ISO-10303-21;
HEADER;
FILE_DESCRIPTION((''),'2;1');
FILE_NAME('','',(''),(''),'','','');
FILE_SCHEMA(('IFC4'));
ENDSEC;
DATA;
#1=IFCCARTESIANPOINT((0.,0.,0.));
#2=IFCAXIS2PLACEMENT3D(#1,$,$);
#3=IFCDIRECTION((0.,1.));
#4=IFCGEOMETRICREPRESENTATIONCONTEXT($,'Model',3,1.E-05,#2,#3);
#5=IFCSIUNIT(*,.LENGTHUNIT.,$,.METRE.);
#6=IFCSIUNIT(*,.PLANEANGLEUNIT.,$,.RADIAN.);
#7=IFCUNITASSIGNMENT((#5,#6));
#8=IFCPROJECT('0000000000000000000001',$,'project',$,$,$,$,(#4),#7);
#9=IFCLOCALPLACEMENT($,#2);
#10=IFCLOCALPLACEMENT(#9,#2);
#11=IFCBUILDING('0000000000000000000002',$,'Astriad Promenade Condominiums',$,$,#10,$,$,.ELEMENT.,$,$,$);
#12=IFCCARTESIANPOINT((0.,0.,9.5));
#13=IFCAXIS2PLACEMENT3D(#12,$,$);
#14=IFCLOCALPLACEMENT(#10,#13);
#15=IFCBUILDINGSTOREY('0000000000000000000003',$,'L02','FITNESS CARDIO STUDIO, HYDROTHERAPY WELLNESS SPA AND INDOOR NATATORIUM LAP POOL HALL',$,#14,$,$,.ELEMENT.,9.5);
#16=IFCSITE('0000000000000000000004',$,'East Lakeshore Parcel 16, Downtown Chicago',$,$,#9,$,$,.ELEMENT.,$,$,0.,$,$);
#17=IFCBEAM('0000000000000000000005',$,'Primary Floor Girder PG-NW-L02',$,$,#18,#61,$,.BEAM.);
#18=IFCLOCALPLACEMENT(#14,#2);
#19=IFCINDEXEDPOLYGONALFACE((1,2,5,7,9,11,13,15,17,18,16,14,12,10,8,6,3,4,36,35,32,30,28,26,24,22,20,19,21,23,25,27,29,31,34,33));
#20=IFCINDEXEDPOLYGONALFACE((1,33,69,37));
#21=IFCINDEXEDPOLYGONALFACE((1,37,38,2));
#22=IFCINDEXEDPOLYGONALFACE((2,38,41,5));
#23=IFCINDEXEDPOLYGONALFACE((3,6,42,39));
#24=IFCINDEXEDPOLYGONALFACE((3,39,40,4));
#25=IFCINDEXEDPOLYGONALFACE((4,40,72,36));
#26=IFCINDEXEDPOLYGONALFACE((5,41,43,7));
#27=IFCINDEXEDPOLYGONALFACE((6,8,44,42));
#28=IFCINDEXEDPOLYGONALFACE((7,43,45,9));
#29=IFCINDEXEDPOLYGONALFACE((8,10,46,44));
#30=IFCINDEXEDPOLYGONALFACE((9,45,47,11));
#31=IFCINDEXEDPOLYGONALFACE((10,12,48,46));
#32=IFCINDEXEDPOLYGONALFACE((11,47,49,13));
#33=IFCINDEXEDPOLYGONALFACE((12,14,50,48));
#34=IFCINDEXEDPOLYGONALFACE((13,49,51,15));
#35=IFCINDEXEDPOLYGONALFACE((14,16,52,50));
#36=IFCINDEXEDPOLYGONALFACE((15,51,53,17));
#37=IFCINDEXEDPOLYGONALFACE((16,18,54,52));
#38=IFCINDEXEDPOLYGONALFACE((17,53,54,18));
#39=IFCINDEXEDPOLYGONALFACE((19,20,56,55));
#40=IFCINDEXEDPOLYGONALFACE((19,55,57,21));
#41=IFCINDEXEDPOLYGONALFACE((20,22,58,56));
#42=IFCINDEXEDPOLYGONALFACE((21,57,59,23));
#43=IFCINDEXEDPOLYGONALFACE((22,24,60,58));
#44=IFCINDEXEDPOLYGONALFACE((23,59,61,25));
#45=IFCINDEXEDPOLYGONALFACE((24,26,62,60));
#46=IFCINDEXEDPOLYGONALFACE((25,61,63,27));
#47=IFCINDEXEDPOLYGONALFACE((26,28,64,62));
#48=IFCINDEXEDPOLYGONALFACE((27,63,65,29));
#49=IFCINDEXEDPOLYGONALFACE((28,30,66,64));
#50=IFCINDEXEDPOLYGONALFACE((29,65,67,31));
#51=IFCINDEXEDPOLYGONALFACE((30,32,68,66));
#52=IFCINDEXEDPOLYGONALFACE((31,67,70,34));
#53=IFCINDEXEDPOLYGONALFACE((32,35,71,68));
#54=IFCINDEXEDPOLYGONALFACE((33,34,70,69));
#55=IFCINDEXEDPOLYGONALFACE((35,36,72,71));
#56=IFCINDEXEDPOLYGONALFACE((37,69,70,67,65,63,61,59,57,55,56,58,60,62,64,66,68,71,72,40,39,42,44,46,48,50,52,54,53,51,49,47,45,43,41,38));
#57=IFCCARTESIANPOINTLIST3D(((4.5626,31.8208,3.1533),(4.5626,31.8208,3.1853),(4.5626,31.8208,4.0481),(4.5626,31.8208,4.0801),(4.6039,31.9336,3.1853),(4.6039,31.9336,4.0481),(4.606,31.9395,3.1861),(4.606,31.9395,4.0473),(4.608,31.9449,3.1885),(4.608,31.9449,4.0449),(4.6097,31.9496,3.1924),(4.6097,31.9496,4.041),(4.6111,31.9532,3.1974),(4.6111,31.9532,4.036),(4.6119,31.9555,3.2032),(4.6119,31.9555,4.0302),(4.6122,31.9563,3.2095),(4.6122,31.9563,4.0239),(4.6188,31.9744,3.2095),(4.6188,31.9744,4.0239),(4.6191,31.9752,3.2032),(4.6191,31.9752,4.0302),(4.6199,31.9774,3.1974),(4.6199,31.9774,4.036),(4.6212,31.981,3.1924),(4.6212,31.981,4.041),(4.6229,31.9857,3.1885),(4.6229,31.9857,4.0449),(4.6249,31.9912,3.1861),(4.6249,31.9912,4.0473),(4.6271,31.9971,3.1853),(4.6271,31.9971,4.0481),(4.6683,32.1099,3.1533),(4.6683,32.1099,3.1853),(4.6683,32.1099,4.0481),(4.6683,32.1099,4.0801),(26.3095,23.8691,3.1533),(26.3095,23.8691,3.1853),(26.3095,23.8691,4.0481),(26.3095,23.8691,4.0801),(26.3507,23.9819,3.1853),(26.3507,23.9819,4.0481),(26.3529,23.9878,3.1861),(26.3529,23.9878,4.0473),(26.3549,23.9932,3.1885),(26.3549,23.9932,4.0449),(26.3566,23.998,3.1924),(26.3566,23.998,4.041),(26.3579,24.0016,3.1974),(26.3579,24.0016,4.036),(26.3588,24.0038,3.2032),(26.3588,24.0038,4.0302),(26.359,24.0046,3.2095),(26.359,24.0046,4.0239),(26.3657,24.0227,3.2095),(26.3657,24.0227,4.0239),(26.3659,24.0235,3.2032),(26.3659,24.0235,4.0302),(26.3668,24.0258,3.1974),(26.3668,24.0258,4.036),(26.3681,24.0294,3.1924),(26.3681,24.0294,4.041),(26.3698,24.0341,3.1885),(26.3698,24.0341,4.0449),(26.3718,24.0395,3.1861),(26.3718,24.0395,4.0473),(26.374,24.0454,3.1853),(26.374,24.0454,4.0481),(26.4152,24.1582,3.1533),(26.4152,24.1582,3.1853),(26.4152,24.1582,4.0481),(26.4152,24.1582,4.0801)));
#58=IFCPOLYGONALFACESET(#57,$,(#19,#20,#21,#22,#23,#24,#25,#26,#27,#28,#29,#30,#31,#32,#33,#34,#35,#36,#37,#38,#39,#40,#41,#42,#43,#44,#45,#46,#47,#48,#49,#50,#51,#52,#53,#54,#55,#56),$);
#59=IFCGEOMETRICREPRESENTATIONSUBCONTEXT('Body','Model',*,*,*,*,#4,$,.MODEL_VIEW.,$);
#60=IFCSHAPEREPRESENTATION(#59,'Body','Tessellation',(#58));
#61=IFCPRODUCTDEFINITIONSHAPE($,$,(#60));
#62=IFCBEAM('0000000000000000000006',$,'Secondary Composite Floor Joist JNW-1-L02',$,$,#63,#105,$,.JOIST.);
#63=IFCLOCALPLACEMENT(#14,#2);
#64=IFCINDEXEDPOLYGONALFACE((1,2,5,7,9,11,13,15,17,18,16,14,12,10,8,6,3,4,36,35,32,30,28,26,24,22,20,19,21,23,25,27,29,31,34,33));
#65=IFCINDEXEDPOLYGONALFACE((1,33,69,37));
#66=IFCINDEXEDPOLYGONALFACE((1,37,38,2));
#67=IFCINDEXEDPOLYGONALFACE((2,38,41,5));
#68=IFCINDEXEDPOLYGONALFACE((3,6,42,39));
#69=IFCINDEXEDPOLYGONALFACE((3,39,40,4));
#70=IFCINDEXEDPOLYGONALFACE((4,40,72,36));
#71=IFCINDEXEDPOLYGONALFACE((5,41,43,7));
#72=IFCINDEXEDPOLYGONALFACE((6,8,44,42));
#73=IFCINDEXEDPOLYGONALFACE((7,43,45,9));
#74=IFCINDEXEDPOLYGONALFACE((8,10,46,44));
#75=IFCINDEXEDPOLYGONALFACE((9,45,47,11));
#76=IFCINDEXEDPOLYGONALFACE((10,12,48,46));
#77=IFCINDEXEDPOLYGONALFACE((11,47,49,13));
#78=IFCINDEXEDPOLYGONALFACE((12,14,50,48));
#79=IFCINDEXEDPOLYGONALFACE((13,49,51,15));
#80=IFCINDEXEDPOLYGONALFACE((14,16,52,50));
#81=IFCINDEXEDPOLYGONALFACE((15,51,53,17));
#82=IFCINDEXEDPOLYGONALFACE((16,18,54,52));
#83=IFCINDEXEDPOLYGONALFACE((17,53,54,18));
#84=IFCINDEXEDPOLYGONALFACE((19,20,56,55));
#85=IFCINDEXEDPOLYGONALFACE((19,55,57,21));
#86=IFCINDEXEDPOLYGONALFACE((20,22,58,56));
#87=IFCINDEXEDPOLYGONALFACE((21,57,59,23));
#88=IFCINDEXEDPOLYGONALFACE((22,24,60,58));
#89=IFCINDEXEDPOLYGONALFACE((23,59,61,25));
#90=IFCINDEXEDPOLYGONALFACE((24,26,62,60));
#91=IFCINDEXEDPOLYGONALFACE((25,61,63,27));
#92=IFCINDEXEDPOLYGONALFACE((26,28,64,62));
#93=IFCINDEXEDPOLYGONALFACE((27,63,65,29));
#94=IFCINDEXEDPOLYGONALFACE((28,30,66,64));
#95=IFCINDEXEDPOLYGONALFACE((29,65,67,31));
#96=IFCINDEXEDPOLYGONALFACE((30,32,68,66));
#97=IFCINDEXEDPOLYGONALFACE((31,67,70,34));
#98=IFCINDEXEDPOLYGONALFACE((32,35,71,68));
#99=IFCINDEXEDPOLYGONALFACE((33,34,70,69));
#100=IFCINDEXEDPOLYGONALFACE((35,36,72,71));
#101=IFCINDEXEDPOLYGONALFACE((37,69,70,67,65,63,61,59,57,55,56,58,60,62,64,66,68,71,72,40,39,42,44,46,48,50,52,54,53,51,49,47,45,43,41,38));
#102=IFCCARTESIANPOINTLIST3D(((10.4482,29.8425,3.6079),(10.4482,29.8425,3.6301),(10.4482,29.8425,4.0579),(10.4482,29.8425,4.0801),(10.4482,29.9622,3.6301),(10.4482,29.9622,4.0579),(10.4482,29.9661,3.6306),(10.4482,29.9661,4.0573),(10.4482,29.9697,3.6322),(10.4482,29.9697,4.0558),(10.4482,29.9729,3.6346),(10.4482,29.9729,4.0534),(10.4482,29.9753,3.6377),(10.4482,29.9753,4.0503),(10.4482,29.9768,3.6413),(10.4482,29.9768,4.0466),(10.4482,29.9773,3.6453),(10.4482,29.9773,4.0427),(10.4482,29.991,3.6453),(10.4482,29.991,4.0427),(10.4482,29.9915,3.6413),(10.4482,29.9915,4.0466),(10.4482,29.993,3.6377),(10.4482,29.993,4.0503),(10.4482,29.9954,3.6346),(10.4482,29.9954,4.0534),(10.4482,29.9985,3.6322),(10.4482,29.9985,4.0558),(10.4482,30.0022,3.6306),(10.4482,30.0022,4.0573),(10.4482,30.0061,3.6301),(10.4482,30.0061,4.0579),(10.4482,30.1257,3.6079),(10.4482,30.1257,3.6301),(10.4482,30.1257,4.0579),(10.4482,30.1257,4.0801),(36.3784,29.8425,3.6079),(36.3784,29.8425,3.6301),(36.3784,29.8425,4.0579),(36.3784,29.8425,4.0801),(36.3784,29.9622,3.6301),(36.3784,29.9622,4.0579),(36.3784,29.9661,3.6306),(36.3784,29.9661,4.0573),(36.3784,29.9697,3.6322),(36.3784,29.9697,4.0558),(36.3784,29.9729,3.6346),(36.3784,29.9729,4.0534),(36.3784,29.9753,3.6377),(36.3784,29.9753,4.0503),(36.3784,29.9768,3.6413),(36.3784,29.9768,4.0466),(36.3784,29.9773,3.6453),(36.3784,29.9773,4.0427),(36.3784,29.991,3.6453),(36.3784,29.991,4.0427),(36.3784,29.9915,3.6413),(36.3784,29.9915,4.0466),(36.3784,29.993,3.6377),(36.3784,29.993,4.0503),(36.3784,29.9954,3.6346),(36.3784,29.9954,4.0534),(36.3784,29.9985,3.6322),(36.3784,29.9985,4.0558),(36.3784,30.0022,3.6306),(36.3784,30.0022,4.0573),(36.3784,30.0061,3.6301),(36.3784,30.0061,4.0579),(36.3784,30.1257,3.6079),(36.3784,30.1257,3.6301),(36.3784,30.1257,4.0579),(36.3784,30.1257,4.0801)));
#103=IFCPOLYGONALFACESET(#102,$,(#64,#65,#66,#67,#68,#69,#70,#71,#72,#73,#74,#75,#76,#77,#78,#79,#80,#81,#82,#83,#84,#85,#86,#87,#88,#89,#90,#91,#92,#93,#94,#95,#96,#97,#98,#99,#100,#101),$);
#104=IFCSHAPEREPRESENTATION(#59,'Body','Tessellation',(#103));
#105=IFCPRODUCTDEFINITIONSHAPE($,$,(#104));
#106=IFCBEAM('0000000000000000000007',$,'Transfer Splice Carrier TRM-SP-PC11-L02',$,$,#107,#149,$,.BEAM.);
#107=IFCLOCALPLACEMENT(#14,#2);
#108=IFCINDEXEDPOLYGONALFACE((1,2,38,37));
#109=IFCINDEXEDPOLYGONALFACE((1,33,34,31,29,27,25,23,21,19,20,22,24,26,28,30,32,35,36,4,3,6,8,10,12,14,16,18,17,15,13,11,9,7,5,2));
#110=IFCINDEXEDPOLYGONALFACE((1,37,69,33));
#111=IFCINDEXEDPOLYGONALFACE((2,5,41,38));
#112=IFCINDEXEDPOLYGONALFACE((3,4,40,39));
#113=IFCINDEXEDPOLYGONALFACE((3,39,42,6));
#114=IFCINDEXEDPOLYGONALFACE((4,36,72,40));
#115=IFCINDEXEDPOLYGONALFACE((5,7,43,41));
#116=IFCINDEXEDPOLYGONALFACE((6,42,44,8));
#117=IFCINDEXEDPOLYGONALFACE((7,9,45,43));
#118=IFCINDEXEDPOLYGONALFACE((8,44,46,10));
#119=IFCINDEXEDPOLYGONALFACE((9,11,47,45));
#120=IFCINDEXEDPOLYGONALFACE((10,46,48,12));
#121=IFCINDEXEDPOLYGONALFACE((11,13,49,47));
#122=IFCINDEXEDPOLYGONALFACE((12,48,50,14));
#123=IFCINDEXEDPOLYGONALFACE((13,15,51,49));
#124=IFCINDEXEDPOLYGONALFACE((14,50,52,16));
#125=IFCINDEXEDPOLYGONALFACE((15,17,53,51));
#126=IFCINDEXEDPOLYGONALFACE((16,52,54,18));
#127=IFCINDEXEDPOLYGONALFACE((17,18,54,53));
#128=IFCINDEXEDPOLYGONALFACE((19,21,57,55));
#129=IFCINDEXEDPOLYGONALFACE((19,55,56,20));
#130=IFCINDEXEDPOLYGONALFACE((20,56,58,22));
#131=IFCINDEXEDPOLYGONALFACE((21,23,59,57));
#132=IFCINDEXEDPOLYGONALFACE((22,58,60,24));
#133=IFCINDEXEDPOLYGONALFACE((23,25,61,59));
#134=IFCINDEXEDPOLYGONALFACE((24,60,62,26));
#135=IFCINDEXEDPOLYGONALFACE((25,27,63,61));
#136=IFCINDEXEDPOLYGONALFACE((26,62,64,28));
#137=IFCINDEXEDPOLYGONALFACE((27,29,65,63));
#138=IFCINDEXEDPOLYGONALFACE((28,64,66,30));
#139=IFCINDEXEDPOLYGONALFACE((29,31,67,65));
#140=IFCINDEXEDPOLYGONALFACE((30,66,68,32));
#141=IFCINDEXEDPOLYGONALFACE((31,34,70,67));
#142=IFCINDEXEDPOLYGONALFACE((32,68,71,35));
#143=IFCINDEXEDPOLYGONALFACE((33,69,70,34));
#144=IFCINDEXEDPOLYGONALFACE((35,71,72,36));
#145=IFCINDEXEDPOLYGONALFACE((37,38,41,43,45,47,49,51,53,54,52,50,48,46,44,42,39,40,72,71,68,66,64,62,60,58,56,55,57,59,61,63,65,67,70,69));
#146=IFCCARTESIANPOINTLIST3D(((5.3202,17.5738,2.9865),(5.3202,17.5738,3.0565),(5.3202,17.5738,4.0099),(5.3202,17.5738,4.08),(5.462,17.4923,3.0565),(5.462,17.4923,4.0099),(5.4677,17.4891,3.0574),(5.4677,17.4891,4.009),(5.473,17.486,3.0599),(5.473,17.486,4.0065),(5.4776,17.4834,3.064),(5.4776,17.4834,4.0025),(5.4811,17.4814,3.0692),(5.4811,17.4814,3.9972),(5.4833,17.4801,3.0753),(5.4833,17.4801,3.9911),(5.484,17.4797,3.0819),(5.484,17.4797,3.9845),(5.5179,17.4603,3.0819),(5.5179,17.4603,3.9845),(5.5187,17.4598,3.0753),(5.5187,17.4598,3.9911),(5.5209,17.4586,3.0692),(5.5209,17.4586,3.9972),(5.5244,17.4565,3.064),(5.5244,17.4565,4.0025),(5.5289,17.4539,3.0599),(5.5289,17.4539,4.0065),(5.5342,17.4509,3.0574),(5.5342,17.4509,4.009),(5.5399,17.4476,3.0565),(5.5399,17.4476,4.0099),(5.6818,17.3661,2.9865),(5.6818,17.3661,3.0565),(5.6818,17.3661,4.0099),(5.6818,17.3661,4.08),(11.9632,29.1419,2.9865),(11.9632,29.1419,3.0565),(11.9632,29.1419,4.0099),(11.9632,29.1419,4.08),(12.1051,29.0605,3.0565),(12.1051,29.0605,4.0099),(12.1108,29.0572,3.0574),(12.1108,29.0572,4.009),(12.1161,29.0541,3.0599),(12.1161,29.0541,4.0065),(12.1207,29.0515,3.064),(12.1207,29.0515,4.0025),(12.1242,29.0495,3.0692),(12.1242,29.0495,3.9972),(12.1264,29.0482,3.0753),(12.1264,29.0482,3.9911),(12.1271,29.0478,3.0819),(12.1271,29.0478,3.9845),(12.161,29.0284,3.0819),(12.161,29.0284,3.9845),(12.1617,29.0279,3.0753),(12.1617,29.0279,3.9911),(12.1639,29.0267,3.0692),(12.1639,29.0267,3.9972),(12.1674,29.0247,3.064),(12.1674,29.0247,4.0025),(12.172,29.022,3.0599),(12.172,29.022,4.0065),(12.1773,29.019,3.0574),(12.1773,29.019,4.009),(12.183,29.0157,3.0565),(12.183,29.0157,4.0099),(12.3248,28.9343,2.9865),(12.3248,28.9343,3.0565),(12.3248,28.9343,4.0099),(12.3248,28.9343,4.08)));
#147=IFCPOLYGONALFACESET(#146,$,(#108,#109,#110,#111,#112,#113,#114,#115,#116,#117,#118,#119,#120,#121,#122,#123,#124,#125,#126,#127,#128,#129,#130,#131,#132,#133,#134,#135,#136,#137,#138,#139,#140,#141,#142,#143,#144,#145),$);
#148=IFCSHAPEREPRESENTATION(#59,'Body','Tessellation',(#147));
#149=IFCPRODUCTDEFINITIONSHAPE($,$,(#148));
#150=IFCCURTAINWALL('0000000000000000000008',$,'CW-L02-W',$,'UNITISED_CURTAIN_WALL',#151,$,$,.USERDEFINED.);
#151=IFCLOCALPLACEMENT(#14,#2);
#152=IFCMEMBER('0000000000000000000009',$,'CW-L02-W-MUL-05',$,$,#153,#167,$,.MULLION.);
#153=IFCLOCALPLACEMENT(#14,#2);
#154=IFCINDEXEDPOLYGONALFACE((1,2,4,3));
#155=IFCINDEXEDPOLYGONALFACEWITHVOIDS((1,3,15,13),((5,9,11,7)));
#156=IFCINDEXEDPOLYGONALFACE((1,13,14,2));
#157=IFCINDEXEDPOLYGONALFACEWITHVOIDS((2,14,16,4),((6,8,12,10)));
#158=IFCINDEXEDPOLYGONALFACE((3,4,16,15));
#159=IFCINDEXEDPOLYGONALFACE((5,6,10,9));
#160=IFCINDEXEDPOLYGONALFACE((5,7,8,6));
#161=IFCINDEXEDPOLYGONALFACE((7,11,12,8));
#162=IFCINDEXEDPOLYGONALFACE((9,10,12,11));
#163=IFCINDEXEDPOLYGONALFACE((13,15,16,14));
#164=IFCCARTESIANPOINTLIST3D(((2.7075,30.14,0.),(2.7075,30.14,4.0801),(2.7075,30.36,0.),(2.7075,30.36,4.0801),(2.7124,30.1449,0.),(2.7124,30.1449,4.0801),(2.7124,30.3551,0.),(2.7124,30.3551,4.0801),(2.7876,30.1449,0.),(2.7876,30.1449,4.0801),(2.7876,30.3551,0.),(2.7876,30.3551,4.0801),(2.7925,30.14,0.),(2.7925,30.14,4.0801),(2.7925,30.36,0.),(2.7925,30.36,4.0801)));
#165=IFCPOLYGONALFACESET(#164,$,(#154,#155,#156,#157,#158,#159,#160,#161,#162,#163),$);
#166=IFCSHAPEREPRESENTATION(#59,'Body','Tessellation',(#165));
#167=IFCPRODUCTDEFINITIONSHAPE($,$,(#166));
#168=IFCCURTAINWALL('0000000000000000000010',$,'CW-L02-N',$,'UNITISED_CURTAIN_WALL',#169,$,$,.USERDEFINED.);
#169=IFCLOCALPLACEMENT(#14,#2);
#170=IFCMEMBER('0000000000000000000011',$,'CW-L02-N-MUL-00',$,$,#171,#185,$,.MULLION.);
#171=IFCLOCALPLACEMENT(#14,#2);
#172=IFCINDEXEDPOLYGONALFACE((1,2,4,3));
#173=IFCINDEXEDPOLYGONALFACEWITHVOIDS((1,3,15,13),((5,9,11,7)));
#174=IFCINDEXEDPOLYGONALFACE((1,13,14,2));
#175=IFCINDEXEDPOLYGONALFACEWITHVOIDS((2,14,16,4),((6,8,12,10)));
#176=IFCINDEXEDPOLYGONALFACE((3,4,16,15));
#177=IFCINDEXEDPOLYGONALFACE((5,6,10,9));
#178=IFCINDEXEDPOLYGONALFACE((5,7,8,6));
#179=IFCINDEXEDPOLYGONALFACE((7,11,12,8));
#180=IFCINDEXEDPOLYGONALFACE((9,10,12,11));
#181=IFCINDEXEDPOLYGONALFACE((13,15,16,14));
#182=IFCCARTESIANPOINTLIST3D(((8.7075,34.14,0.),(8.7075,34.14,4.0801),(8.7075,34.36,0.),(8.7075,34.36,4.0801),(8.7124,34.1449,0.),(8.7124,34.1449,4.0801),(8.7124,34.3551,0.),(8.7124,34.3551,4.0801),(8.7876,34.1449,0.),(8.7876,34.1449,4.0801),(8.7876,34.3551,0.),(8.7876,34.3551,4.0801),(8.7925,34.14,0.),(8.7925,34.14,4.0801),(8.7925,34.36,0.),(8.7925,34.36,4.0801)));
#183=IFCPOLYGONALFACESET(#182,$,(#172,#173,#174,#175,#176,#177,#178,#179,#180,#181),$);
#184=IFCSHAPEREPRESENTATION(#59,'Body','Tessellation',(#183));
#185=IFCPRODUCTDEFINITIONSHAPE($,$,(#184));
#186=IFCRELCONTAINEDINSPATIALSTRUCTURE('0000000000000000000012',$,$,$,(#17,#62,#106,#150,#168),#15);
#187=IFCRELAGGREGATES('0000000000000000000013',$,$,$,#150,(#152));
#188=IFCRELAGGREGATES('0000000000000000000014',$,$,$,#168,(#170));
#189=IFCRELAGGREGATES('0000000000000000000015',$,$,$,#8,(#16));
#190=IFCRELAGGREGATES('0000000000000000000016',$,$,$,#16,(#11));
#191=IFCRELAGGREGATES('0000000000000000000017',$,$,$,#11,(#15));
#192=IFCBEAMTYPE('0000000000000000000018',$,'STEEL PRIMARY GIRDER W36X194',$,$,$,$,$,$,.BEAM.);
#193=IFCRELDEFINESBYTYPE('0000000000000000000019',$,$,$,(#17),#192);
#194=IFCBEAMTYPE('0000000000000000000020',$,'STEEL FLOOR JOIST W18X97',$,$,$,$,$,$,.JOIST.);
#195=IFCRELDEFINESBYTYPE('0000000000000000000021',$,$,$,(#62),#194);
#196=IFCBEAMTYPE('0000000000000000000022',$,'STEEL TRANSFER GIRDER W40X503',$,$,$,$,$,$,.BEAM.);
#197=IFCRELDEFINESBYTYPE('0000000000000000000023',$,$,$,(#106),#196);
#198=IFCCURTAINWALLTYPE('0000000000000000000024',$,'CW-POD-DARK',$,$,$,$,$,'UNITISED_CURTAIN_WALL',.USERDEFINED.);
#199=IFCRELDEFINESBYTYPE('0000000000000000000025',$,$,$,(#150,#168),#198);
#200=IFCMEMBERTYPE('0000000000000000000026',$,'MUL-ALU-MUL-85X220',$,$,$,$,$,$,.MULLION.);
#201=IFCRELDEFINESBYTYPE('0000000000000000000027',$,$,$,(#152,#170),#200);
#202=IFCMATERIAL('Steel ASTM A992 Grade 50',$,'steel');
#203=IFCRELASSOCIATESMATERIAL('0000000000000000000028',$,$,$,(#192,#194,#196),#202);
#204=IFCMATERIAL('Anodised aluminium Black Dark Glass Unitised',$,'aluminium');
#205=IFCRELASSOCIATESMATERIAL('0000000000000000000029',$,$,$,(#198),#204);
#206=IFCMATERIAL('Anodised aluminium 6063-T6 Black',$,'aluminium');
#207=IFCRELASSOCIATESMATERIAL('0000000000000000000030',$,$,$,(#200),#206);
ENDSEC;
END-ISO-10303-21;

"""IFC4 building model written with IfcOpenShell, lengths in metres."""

from ifc_helpers import new_model, si_unit, direction, frame, origin, origin_2d, place, context, subcontext, project, spatial, hollow_rectangle, i_section, extrude, source, transform, mapped, material, material_profile, profile_set, type_object, type_shapes, element, aggregate, save


model = new_model("IFC4")

# Units and contexts
model_context = context("Model", 3, precision=1e-05, world=origin(), true_north=direction((0.0, 1.0)))
body_context = subcontext(model_context, "Body", "Model", "MODEL_VIEW")
ifc_project = project(units=[si_unit("LENGTHUNIT", "METRE"), si_unit("PLANEANGLEUNIT", "RADIAN")], contexts=[model_context])

# Site, building, storey
site_placement = place(None, origin())
site = spatial("IfcSite", under=ifc_project, at=site_placement, Name="East Lakeshore Parcel 16, Downtown Chicago", CompositionType="ELEMENT", RefElevation=0.0)
building_placement = place(site_placement, origin())
building = spatial("IfcBuilding", under=site, at=building_placement, Name="Astriad Promenade Condominiums", CompositionType="ELEMENT")
storey_placement = place(building_placement, frame((0.0, 0.0, 9.5)))
storey = spatial("IfcBuildingStorey", under=building, at=storey_placement, Name="L02", Description="FITNESS CARDIO STUDIO, HYDROTHERAPY WELLNESS SPA AND INDOOR NATATORIUM LAP POOL HALL", CompositionType="ELEMENT", Elevation=9.5)

# Shared definitions
ifc_material_1 = material(Name="Steel ASTM A992 Grade 50", Category="steel")

# Beams
ifc_material_profile_1 = material_profile(ifc_material_1, i_section(OverallWidth=0.3079, OverallDepth=0.9268, WebThickness=0.0193, FlangeThickness=0.032, FilletRadius=0.0242, at=origin_2d()), Name="W36X194")
ifc_profile_set_1 = profile_set([ifc_material_profile_1], Name="Steel ASTM A992 Grade 50")
beam_type_1 = type_object("IfcBeamType", Name="STEEL PRIMARY GIRDER W36X194", PredefinedType="BEAM", material=ifc_profile_set_1)
shared_shape_1 = source(origin(), body_context, "Body", "SweptSolid", [
    extrude(i_section(OverallWidth=0.3079, OverallDepth=0.9268, WebThickness=0.0193, FlangeThickness=0.032, FilletRadius=0.0242, at=origin_2d()), origin(), (0.0, 0.0, 1.0), 23.155),
])
type_shapes(beam_type_1, [shared_shape_1])
beam_1_placement = place(storey_placement, frame((4.6155, 31.9653, 3.6167), z_axis=(0.939185, -0.34341, 0.0), x_axis=(0.34341, 0.939185, 0.0)))
element("IfcBeam", 1, at=beam_1_placement, inside=storey, type_object=beam_type_1, Name="Primary Floor Girder PG-NW-L02", PredefinedType="BEAM", context=body_context, shape_type="MappedRepresentation", body=[
    mapped(shared_shape_1, transform((0.0, 0.0, 0.0), scale=1.0)),
])
ifc_material_profile_2 = material_profile(ifc_material_1, i_section(OverallWidth=0.2832, OverallDepth=0.4722, WebThickness=0.0137, FlangeThickness=0.0222, FilletRadius=0.0151, at=origin_2d()), Name="W18X97")
ifc_profile_set_2 = profile_set([ifc_material_profile_2], Name="Steel ASTM A992 Grade 50")
beam_type_2 = type_object("IfcBeamType", Name="STEEL FLOOR JOIST W18X97", PredefinedType="JOIST", material=ifc_profile_set_2)
shared_shape_2 = source(origin(), body_context, "Body", "SweptSolid", [
    extrude(i_section(OverallWidth=0.2832, OverallDepth=0.4722, WebThickness=0.0137, FlangeThickness=0.0222, FilletRadius=0.0151, at=origin_2d()), origin(), (0.0, 0.0, 1.0), 25.9302),
])
type_shapes(beam_type_2, [shared_shape_2])
beam_2_placement = place(storey_placement, frame((10.4482, 29.9841, 3.844), z_axis=(1.0, 0.0, 0.0), x_axis=(0.0, 1.0, 0.0)))
element("IfcBeam", 2, at=beam_2_placement, inside=storey, type_object=beam_type_2, Name="Secondary Composite Floor Joist JNW-1-L02", PredefinedType="JOIST", context=body_context, shape_type="MappedRepresentation", body=[
    mapped(shared_shape_2, transform((0.0, 0.0, 0.0), scale=1.0)),
])
ifc_material_profile_3 = material_profile(ifc_material_1, i_section(OverallWidth=0.417, OverallDepth=1.0935, WebThickness=0.0391, FlangeThickness=0.0701, FilletRadius=0.0254, at=origin_2d()), Name="W40X503")
ifc_profile_set_3 = profile_set([ifc_material_profile_3], Name="Steel ASTM A992 Grade 50")
beam_type_3 = type_object("IfcBeamType", Name="STEEL TRANSFER GIRDER W40X503", PredefinedType="BEAM", material=ifc_profile_set_3)
shared_shape_3 = source(origin(), body_context, "Body", "SweptSolid", [
    extrude(i_section(OverallWidth=0.417, OverallDepth=1.0935, WebThickness=0.0391, FlangeThickness=0.0701, FilletRadius=0.0254, at=origin_2d()), origin(), (0.0, 0.0, 1.0), 13.3398),
])
type_shapes(beam_type_3, [shared_shape_3])
beam_3_placement = place(storey_placement, frame((12.144, 29.0381, 3.5332), z_axis=(-0.497987, -0.867185, 0.0), x_axis=(0.867185, -0.497987, 0.0)))
element("IfcBeam", 3, at=beam_3_placement, inside=storey, type_object=beam_type_3, Name="Transfer Splice Carrier TRM-SP-PC11-L02", PredefinedType="BEAM", context=body_context, shape_type="MappedRepresentation", body=[
    mapped(shared_shape_3, transform((0.0, 0.0, 0.0), scale=1.0)),
])

# Curtain wall, member
ifc_material_2 = material(Name="Anodised aluminium Black Dark Glass Unitised", Category="aluminium")
curtain_wall_type = type_object("IfcCurtainWallType", Name="CW-POD-DARK", ElementType="UNITISED_CURTAIN_WALL", PredefinedType="USERDEFINED", material=ifc_material_2)
curtain_wall_1_placement = place(storey_placement, origin())
curtain_wall_1 = element("IfcCurtainWall", 4, at=curtain_wall_1_placement, inside=storey, type_object=curtain_wall_type, Name="CW-L02-W", ObjectType="UNITISED_CURTAIN_WALL", PredefinedType="USERDEFINED")
ifc_material_3 = material(Name="Anodised aluminium 6063-T6 Black", Category="aluminium")
ifc_material_profile_4 = material_profile(ifc_material_3, hollow_rectangle(XDim=0.085, YDim=0.22, WallThickness=0.0049, at=origin_2d()), Name="ALU-MUL-85X220")
ifc_profile_set_4 = profile_set([ifc_material_profile_4], Name="Anodised aluminium 6063-T6 Black")
member_type_1 = type_object("IfcMemberType", Name="MUL-ALU-MUL-85X220", PredefinedType="MULLION", material=ifc_profile_set_4)
shared_shape_4 = source(origin(), body_context, "Body", "SweptSolid", [
    extrude(hollow_rectangle(XDim=0.085, YDim=0.22, WallThickness=0.0049, at=origin_2d()), origin(), (0.0, 0.0, 1.0), 4.0801),
])
type_shapes(member_type_1, [shared_shape_4])
member_1_placement = place(storey_placement, frame((2.75, 30.25, 0.0), z_axis=(0.0, 0.0, 1.0), x_axis=(1.0, 0.0, 0.0)))
member_1 = element("IfcMember", 5, at=member_1_placement, type_object=member_type_1, Name="CW-L02-W-MUL-05", PredefinedType="MULLION", context=body_context, shape_type="MappedRepresentation", body=[
    mapped(shared_shape_4, transform((0.0, 0.0, 0.0), scale=1.0)),
])

# Curtain wall, member
curtain_wall_2_placement = place(storey_placement, origin())
curtain_wall_2 = element("IfcCurtainWall", 6, at=curtain_wall_2_placement, inside=storey, type_object=curtain_wall_type, Name="CW-L02-N", ObjectType="UNITISED_CURTAIN_WALL", PredefinedType="USERDEFINED")
member_2_placement = place(storey_placement, frame((8.75, 34.25, 0.0), z_axis=(0.0, 0.0, 1.0), x_axis=(1.0, 0.0, 0.0)))
member_2 = element("IfcMember", 7, at=member_2_placement, type_object=member_type_1, Name="CW-L02-N-MUL-00", PredefinedType="MULLION", context=body_context, shape_type="MappedRepresentation", body=[
    mapped(shared_shape_4, transform((0.0, 0.0, 0.0), scale=1.0)),
])

aggregate(curtain_wall_1, [member_1])
aggregate(curtain_wall_2, [member_2])

save(model, "model.ifc")
